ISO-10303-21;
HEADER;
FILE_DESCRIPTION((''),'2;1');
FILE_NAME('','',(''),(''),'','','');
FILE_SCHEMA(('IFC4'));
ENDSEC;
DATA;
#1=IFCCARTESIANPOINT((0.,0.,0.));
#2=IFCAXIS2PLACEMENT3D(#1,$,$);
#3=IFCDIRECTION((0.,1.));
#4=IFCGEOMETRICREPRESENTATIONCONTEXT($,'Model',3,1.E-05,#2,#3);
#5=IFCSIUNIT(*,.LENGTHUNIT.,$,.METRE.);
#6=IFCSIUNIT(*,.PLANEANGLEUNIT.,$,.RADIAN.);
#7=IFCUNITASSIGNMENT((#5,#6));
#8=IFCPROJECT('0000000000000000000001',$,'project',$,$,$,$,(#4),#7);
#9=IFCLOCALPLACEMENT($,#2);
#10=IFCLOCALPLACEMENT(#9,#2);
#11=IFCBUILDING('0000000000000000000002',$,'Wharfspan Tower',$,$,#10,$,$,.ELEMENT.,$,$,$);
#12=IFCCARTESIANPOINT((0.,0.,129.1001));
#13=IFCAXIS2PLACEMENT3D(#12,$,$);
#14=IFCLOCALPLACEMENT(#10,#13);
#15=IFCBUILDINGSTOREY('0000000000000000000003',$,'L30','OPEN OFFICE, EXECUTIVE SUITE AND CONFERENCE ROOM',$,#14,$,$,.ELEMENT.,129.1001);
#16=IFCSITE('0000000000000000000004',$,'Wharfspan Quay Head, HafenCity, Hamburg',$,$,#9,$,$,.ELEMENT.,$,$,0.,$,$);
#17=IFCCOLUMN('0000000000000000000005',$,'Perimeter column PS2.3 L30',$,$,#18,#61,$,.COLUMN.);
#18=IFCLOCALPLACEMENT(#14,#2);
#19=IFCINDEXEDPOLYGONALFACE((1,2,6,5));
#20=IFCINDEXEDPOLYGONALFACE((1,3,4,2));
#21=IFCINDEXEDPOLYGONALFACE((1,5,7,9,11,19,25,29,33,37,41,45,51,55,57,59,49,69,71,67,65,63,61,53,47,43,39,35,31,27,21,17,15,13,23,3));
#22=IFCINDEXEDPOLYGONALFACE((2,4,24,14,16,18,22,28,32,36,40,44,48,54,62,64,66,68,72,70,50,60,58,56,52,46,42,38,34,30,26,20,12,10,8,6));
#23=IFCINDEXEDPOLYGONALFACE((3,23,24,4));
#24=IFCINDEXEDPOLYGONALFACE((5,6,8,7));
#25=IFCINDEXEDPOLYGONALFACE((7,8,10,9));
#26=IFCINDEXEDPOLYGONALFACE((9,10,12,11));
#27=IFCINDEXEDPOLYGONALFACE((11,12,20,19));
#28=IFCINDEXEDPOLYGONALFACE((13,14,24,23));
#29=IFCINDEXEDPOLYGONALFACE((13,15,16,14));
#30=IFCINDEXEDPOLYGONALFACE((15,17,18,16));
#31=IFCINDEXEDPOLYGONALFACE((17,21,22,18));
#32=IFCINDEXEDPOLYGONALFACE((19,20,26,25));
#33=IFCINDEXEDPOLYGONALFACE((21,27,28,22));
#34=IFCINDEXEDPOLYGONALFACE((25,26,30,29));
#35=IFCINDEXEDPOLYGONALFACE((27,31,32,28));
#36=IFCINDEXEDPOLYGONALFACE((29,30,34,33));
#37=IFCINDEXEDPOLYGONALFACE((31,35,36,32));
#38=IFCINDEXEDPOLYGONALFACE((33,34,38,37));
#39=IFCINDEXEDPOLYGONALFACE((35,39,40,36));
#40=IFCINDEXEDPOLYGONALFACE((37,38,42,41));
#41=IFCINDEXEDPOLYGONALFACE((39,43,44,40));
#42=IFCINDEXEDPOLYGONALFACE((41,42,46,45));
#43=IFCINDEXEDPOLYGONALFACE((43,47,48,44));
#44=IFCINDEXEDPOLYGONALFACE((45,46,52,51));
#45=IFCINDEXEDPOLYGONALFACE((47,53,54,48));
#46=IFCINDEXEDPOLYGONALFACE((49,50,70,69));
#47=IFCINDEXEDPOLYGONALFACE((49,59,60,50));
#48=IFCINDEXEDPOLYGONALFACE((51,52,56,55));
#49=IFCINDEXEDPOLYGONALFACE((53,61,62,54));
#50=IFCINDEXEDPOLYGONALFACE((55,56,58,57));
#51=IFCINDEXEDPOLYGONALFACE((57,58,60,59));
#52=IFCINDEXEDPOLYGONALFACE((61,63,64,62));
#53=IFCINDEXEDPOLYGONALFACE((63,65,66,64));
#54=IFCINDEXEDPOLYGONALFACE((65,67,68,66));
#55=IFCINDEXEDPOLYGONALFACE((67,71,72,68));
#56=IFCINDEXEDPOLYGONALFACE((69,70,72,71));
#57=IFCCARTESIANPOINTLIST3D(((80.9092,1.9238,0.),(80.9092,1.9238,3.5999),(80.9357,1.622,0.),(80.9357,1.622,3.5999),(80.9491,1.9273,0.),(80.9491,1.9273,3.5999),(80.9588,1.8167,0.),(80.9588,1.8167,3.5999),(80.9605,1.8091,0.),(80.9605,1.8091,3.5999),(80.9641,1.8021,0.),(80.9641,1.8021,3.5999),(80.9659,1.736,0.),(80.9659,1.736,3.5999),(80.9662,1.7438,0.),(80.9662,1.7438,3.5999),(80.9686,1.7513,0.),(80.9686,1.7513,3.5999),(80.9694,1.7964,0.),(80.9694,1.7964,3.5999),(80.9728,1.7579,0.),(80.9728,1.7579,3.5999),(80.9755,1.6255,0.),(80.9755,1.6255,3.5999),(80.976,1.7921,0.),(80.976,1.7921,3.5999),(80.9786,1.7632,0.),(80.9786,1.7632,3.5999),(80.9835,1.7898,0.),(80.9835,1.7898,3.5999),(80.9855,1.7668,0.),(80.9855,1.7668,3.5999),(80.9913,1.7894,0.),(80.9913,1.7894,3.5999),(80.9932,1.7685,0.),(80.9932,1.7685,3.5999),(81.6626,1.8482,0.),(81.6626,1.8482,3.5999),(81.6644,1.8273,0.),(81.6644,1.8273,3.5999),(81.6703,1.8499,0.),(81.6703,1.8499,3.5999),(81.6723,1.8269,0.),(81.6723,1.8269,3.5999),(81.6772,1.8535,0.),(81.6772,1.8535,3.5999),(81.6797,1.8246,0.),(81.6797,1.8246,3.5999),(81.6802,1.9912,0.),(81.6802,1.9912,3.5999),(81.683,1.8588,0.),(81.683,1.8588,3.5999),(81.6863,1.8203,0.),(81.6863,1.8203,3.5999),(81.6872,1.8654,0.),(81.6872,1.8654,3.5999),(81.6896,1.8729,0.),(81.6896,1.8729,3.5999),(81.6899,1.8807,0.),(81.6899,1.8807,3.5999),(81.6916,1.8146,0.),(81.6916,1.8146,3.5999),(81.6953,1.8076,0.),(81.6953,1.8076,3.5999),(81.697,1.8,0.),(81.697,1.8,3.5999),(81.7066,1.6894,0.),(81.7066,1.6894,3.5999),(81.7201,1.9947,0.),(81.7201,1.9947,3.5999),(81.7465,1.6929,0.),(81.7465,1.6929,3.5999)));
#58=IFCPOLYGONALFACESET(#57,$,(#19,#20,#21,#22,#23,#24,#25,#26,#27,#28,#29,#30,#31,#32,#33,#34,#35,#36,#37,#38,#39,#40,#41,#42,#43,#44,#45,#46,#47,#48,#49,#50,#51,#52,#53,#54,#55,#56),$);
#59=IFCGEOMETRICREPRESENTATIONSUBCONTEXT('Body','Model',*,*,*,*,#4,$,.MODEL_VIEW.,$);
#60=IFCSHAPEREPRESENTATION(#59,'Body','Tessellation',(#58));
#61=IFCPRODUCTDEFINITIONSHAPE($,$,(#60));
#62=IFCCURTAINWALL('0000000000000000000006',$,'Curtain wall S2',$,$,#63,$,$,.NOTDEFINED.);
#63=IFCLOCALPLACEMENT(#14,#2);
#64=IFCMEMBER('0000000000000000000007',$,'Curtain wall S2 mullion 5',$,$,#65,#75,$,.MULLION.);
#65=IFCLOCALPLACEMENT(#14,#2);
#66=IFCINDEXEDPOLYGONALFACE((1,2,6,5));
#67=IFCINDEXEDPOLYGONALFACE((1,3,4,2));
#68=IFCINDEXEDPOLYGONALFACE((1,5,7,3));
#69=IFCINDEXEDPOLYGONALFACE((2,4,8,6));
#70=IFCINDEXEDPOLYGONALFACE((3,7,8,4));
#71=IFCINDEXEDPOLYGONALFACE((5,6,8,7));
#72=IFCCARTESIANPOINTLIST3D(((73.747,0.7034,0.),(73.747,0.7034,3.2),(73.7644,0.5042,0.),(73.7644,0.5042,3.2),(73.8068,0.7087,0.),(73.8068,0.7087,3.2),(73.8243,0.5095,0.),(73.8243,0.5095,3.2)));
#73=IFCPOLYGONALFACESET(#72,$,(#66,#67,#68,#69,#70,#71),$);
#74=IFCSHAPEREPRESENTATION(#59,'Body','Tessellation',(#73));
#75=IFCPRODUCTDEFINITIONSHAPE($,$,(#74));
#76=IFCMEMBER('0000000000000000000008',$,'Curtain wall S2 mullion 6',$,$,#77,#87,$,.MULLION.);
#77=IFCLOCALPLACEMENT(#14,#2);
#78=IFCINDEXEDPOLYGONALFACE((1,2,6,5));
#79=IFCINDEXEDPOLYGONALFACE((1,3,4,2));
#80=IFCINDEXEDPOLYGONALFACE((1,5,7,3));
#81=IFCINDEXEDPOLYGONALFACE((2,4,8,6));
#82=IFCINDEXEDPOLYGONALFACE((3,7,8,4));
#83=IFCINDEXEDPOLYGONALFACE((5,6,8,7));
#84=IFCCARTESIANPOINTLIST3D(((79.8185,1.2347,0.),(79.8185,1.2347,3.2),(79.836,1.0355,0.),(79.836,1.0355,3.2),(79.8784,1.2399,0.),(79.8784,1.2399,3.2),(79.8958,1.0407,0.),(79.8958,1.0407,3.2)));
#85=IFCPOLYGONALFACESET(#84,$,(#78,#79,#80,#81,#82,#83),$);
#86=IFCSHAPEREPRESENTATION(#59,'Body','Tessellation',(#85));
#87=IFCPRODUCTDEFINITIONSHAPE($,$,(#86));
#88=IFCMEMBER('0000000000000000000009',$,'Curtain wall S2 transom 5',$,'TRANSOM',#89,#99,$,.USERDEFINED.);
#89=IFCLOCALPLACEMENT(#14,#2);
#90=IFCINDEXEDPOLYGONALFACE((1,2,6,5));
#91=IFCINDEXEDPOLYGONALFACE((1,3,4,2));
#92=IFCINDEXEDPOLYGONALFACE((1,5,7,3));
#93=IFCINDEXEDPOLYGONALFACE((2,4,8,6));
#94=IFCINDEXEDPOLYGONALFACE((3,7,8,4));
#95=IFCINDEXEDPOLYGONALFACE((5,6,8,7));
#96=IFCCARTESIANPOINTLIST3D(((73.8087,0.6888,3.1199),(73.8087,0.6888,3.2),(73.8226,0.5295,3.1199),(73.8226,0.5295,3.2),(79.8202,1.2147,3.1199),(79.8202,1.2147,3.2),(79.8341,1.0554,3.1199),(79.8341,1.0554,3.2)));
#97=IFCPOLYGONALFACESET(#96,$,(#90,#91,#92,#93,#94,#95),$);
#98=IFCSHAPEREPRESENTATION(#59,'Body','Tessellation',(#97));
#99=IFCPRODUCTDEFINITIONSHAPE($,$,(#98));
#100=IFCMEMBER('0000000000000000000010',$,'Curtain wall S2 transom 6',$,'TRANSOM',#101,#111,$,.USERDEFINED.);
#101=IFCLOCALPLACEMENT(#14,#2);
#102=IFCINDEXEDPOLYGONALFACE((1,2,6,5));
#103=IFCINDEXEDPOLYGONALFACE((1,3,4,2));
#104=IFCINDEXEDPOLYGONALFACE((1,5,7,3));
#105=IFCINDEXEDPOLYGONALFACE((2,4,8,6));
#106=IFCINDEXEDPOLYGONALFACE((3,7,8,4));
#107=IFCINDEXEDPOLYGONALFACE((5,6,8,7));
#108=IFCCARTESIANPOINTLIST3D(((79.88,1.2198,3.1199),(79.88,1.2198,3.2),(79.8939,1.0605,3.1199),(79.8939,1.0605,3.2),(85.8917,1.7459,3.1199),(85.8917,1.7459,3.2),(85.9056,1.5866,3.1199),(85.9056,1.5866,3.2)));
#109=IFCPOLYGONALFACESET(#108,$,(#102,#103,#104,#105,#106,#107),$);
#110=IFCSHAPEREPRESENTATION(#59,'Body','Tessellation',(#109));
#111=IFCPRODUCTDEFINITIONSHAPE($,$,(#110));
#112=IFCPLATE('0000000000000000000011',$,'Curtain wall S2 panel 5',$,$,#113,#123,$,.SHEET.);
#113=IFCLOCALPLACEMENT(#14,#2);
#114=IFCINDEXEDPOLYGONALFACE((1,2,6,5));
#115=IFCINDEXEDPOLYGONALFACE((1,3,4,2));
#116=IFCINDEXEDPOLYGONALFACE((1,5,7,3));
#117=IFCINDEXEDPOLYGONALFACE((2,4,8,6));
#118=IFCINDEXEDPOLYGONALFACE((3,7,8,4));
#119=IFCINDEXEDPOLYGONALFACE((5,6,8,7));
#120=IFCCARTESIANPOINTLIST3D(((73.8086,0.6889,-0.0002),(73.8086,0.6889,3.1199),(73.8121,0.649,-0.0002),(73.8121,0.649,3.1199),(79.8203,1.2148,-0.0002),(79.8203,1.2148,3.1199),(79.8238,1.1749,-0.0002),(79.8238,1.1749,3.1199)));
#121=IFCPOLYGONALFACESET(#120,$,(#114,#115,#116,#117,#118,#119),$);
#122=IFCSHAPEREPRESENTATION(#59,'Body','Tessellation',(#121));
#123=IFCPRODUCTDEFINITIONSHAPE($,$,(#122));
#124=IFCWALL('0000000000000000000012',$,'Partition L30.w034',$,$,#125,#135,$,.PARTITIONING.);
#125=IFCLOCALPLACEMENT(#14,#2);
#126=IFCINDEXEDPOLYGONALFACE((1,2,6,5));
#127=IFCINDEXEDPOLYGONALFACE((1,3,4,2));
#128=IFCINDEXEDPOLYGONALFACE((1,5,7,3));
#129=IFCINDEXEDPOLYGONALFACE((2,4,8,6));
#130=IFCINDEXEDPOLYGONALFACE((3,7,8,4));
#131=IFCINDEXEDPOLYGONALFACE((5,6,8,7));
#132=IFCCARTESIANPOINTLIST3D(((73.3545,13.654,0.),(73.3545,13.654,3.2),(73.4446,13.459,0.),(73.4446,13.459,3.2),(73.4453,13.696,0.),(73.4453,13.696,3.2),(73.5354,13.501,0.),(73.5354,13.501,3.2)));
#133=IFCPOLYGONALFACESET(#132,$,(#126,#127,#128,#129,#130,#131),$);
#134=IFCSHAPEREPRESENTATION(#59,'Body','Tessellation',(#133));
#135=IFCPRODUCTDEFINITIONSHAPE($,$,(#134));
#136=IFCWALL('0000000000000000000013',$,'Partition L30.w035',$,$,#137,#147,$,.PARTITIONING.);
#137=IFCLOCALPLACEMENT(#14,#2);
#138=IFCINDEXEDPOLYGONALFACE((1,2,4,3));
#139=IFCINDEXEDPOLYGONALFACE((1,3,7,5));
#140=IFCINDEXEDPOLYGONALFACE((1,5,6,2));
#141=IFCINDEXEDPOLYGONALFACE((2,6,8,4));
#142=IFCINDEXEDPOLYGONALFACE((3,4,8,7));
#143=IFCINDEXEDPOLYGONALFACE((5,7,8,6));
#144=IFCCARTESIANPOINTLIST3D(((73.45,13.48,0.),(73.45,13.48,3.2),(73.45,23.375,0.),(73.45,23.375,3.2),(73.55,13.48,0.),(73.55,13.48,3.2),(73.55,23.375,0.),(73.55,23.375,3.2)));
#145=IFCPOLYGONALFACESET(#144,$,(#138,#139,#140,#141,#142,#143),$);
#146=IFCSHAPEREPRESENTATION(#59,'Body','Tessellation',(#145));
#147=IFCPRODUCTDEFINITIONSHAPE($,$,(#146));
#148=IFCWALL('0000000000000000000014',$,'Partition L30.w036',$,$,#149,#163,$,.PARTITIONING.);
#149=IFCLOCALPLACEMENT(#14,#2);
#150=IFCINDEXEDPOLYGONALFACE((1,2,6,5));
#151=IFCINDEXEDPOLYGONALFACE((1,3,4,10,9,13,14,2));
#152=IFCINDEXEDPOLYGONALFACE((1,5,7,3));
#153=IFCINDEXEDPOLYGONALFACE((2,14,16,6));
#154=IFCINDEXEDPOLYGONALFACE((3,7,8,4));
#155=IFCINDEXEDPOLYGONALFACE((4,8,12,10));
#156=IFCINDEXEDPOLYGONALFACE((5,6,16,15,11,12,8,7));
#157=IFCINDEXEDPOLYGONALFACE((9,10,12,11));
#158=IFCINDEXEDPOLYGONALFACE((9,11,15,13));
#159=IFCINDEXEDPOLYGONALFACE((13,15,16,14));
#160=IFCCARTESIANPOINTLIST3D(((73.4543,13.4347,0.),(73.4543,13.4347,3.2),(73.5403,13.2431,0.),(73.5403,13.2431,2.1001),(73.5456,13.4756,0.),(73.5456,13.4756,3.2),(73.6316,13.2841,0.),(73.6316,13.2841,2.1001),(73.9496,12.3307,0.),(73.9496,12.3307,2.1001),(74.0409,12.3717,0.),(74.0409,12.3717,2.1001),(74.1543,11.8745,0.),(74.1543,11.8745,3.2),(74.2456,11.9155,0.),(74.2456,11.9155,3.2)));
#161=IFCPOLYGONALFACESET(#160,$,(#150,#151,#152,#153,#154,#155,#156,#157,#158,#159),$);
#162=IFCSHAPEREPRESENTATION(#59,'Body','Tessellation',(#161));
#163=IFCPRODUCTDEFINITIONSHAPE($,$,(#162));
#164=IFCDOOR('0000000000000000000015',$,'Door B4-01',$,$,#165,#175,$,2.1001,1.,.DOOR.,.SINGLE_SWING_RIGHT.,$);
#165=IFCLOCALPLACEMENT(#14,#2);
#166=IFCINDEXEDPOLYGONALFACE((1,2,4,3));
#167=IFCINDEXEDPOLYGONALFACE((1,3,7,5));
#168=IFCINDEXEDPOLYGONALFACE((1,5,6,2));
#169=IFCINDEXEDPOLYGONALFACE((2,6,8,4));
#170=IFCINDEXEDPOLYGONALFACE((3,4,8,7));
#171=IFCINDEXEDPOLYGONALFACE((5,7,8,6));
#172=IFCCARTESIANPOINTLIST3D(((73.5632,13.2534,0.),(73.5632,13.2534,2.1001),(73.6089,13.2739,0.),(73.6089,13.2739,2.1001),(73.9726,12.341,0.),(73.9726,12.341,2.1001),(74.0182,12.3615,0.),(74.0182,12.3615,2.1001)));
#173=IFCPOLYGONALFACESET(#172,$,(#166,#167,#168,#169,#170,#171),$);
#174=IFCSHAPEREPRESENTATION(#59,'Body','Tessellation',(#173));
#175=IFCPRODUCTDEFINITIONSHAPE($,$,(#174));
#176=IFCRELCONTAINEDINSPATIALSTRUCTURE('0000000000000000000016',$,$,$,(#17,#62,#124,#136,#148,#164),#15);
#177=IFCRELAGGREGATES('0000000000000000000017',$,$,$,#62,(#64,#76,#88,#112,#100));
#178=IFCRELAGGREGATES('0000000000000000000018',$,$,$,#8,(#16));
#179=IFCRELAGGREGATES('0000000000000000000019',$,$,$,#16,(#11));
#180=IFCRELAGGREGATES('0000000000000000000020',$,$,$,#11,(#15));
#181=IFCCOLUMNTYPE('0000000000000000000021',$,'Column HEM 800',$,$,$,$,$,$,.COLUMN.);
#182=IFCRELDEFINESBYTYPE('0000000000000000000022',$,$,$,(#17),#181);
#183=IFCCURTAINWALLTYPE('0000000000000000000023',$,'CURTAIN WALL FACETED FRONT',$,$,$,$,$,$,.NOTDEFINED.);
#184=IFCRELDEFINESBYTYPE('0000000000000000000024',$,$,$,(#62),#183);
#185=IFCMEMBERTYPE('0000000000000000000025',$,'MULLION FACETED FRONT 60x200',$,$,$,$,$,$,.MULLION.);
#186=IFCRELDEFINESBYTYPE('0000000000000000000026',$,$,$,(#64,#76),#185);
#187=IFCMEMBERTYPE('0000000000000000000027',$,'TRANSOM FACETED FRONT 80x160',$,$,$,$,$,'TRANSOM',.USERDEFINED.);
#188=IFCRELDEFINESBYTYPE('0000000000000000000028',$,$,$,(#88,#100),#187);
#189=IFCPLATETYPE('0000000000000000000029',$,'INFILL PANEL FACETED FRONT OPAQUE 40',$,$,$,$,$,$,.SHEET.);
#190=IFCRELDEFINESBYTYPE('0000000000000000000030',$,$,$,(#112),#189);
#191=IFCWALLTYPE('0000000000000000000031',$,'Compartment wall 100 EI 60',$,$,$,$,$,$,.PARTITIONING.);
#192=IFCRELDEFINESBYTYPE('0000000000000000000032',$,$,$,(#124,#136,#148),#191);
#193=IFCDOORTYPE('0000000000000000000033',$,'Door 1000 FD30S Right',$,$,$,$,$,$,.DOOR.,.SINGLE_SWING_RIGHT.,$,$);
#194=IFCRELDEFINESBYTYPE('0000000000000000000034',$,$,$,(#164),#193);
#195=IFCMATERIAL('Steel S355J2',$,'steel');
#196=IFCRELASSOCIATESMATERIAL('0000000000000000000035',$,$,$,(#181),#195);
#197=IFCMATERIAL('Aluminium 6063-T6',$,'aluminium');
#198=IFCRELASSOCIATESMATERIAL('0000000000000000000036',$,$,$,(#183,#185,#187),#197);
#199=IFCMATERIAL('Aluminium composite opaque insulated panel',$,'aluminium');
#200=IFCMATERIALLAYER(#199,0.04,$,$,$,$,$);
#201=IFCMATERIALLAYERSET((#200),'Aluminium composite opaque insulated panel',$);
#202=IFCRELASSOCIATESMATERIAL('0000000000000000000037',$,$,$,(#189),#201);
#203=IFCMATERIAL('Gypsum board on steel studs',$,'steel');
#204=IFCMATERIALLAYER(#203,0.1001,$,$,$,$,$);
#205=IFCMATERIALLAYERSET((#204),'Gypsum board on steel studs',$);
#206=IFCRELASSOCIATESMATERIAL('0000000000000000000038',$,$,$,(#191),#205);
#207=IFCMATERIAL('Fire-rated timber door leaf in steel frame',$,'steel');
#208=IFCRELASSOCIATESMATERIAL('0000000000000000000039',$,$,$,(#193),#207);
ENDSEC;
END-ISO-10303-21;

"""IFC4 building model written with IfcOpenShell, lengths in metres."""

from ifc_helpers import new_model, si_unit, direction, frame, frame_2d, origin, origin_2d, place, context, subcontext, project, spatial, rectangle, i_section, extrude, material, layer, layer_set, material_profile, profile_set, type_object, element, fill, aggregate, save


model = new_model("IFC4")

# Units and contexts
model_context = context("Model", 3, precision=1e-05, world=origin(), true_north=direction((0.0, 1.0)))
body_context = subcontext(model_context, "Body", "Model", "MODEL_VIEW")
ifc_project = project(units=[si_unit("LENGTHUNIT", "METRE"), si_unit("PLANEANGLEUNIT", "RADIAN")], contexts=[model_context])

# Site, building, storey
site_placement = place(None, origin())
site = spatial("IfcSite", under=ifc_project, at=site_placement, Name="Wharfspan Quay Head, HafenCity, Hamburg", CompositionType="ELEMENT", RefElevation=0.0)
building_placement = place(site_placement, origin())
building = spatial("IfcBuilding", under=site, at=building_placement, Name="Wharfspan Tower", CompositionType="ELEMENT")
storey_placement = place(building_placement, frame((0.0, 0.0, 129.1001)))
storey = spatial("IfcBuildingStorey", under=building, at=storey_placement, Name="L30", Description="OPEN OFFICE, EXECUTIVE SUITE AND CONFERENCE ROOM", CompositionType="ELEMENT", Elevation=129.1001)

# Column
ifc_material_1 = material(Name="Steel S355J2", Category="steel")
ifc_material_profile_1 = material_profile(ifc_material_1, i_section(OverallWidth=0.303, OverallDepth=0.814, WebThickness=0.021, FlangeThickness=0.04, FilletRadius=0.03, at=origin_2d()))
ifc_profile_set_1 = profile_set([ifc_material_profile_1], Name="Steel S355J2")
column_type = type_object("IfcColumnType", Name="Column HEM 800", PredefinedType="COLUMN", material=ifc_profile_set_1)
column_placement = place(storey_placement, frame((81.3279, 1.8083, 0.0), z_axis=(0.0, 0.0, 1.0), x_axis=(0.087156, -0.996198, 0.0)))
element("IfcColumn", 1, at=column_placement, inside=storey, type_object=column_type, Name="Perimeter column PS2.3 L30", PredefinedType="COLUMN", context=body_context, shape_type="SweptSolid", body=[
    extrude(i_section(OverallWidth=0.303, OverallDepth=0.814, WebThickness=0.021, FlangeThickness=0.04, FilletRadius=0.03, at=origin_2d()), origin(), (0.0, 0.0, 1.0), 3.5999),
])

# Curtain wall, members, plate
ifc_material_2 = material(Name="Aluminium 6063-T6", Category="aluminium")
curtain_wall_type = type_object("IfcCurtainWallType", Name="CURTAIN WALL FACETED FRONT", PredefinedType="NOTDEFINED", material=ifc_material_2)
curtain_wall_placement = place(storey_placement, origin())
curtain_wall = element("IfcCurtainWall", 2, at=curtain_wall_placement, inside=storey, type_object=curtain_wall_type, Name="Curtain wall S2", PredefinedType="NOTDEFINED")
ifc_material_profile_2 = material_profile(ifc_material_2, rectangle(XDim=0.2, YDim=0.0601, at=origin_2d()))
ifc_profile_set_2 = profile_set([ifc_material_profile_2], Name="Aluminium 6063-T6")
member_type_1 = type_object("IfcMemberType", Name="MULLION FACETED FRONT 60x200", PredefinedType="MULLION", material=ifc_profile_set_2)
member_1_placement = place(storey_placement, frame((73.7856, 0.6064, 0.0), z_axis=(0.0, 0.0, 1.0), x_axis=(-0.087156, 0.996198, 0.0)))
member_1 = element("IfcMember", 3, at=member_1_placement, type_object=member_type_1, Name="Curtain wall S2 mullion 5", PredefinedType="MULLION", context=body_context, shape_type="SweptSolid", body=[
    extrude(rectangle(XDim=0.2, YDim=0.0601, at=origin_2d()), origin(), (0.0, 0.0, 1.0), 3.2),
])
member_2_placement = place(storey_placement, frame((79.8572, 1.1377, 0.0), z_axis=(0.0, 0.0, 1.0), x_axis=(-0.087156, 0.996198, 0.0)))
member_2 = element("IfcMember", 4, at=member_2_placement, type_object=member_type_1, Name="Curtain wall S2 mullion 6", PredefinedType="MULLION", context=body_context, shape_type="SweptSolid", body=[
    extrude(rectangle(XDim=0.2, YDim=0.0601, at=origin_2d()), origin(), (0.0, 0.0, 1.0), 3.2),
])
ifc_material_profile_3 = material_profile(ifc_material_2, rectangle(XDim=0.1599, YDim=0.0801, at=origin_2d()))
ifc_profile_set_3 = profile_set([ifc_material_profile_3], Name="Aluminium 6063-T6")
member_type_2 = type_object("IfcMemberType", Name="TRANSOM FACETED FRONT 80x160", ElementType="TRANSOM", PredefinedType="USERDEFINED", material=ifc_profile_set_3)
member_3_placement = place(storey_placement, frame((73.8157, 0.6091, 3.1599), z_axis=(0.996196, 0.087146, 0.0), x_axis=(-0.087146, 0.996196, 0.0)))
member_3 = element("IfcMember", 5, at=member_3_placement, type_object=member_type_2, Name="Curtain wall S2 transom 5", ObjectType="TRANSOM", PredefinedType="USERDEFINED", context=body_context, shape_type="SweptSolid", body=[
    extrude(rectangle(XDim=0.1599, YDim=0.0801, at=origin_2d()), origin(), (0.0, 0.0, 1.0), 6.0344),
])
member_4_placement = place(storey_placement, frame((79.887, 1.1401, 3.1599), z_axis=(0.996192, 0.087183, 0.0), x_axis=(-0.087183, 0.996192, 0.0)))
member_4 = element("IfcMember", 6, at=member_4_placement, type_object=member_type_2, Name="Curtain wall S2 transom 6", ObjectType="TRANSOM", PredefinedType="USERDEFINED", context=body_context, shape_type="SweptSolid", body=[
    extrude(rectangle(XDim=0.1599, YDim=0.0801, at=origin_2d()), origin(), (0.0, 0.0, 1.0), 6.0347),
])
ifc_material_3 = material(Name="Aluminium composite opaque insulated panel", Category="aluminium")
ifc_layer_1 = layer(ifc_material_3, 0.04)
ifc_layer_set_1 = layer_set([ifc_layer_1], Name="Aluminium composite opaque insulated panel")
plate_type = type_object("IfcPlateType", Name="INFILL PANEL FACETED FRONT OPAQUE 40", PredefinedType="SHEET", material=ifc_layer_set_1)
plate_placement = place(storey_placement, frame((76.8162, 0.9319, -0.0002), z_axis=(0.0, 0.0, 1.0), x_axis=(0.996198, 0.087156, 0.0)))
plate = element("IfcPlate", 7, at=plate_placement, type_object=plate_type, Name="Curtain wall S2 panel 5", PredefinedType="SHEET", context=body_context, shape_type="SweptSolid", body=[
    extrude(rectangle(XDim=6.0347, YDim=0.04, at=origin_2d()), origin(), (0.0, 0.0, 1.0), 3.1201),
])
aggregate(curtain_wall, [member_1, member_2, member_3, plate, member_4])

# Walls
ifc_material_4 = material(Name="Gypsum board on steel studs", Category="steel")
ifc_layer_2 = layer(ifc_material_4, 0.1001)
ifc_layer_set_2 = layer_set([ifc_layer_2], Name="Gypsum board on steel studs")
wall_type_1 = type_object("IfcWallType", Name="Compartment wall 100 EI 60", PredefinedType="PARTITIONING", material=ifc_layer_set_2)
wall_1_placement = place(storey_placement, frame((73.49, 13.48, 0.0), z_axis=(0.0, 0.0, 1.0), x_axis=(-0.419275, 0.907861, 0.0)))
element("IfcWall", 8, at=wall_1_placement, inside=storey, type_object=wall_type_1, Name="Partition L30.w034", PredefinedType="PARTITIONING", context=body_context, shape_type="SweptSolid", body=[
    extrude(rectangle(XDim=0.2148, YDim=0.1001, at=frame_2d((0.1074, 0.0))), origin(), (0.0, 0.0, 1.0), 3.2),
])
wall_2_placement = place(storey_placement, frame((73.5, 13.48, 0.0), z_axis=(0.0, 0.0, 1.0), x_axis=(0.0, 1.0, 0.0)))
element("IfcWall", 9, at=wall_2_placement, inside=storey, type_object=wall_type_1, Name="Partition L30.w035", PredefinedType="PARTITIONING", context=body_context, shape_type="SweptSolid", body=[
    extrude(rectangle(XDim=9.895, YDim=0.1001, at=frame_2d((4.9475, 0.0))), origin(), (0.0, 0.0, 1.0), 3.2),
])

# Wall, opening, door
wall_3_placement = place(storey_placement, frame((74.2, 11.895, 0.0), z_axis=(0.0, 0.0, 1.0), x_axis=(-0.409356, 0.912377, 0.0)))
wall_3 = element("IfcWall", 10, at=wall_3_placement, inside=storey, type_object=wall_type_1, Name="Partition L30.w036", PredefinedType="PARTITIONING", context=body_context, shape_type="SweptSolid", body=[
    extrude(rectangle(XDim=1.71, YDim=0.1001, at=frame_2d((0.855, 0.0))), origin(), (0.0, 0.0, 1.0), 3.2),
])
opening_placement = place(wall_3_placement, frame((0.5, 0.0, 0.0)))
opening = element("IfcOpeningElement", 11, at=opening_placement, cuts=wall_3, PredefinedType="OPENING", context=body_context, shape_type="SweptSolid", body=[
    extrude(rectangle(XDim=1.0, YDim=2.1001, at=frame_2d((0.5, 1.05))), frame((0.0, 0.0601, 0.0), z_axis=(0.0, -1.0, 0.0), x_axis=(1.0, 0.0, 0.0)), (0.0, 0.0, 1.0), 0.1201),
])
ifc_material_5 = material(Name="Fire-rated timber door leaf in steel frame", Category="steel")
door_type = type_object("IfcDoorType", Name="Door 1000 FD30S Right", OperationType="SINGLE_SWING_RIGHT", PredefinedType="DOOR", material=ifc_material_5)
door_placement = place(opening_placement, origin())
door = element("IfcDoor", 12, at=door_placement, inside=storey, type_object=door_type, Name="Door B4-01", OperationType="SINGLE_SWING_RIGHT", OverallHeight=2.1001, OverallWidth=1.0, PredefinedType="DOOR", context=body_context, shape_type="SweptSolid", body=[
    extrude(rectangle(XDim=1.0, YDim=2.1001, at=frame_2d((0.5, 1.05))), frame((0.0, 0.0249, 0.0), z_axis=(0.0, -1.0, 0.0), x_axis=(1.0, 0.0, 0.0)), (0.0, 0.0, 1.0), 0.05),
])
fill(opening, door)

save(model, "model.ifc")
